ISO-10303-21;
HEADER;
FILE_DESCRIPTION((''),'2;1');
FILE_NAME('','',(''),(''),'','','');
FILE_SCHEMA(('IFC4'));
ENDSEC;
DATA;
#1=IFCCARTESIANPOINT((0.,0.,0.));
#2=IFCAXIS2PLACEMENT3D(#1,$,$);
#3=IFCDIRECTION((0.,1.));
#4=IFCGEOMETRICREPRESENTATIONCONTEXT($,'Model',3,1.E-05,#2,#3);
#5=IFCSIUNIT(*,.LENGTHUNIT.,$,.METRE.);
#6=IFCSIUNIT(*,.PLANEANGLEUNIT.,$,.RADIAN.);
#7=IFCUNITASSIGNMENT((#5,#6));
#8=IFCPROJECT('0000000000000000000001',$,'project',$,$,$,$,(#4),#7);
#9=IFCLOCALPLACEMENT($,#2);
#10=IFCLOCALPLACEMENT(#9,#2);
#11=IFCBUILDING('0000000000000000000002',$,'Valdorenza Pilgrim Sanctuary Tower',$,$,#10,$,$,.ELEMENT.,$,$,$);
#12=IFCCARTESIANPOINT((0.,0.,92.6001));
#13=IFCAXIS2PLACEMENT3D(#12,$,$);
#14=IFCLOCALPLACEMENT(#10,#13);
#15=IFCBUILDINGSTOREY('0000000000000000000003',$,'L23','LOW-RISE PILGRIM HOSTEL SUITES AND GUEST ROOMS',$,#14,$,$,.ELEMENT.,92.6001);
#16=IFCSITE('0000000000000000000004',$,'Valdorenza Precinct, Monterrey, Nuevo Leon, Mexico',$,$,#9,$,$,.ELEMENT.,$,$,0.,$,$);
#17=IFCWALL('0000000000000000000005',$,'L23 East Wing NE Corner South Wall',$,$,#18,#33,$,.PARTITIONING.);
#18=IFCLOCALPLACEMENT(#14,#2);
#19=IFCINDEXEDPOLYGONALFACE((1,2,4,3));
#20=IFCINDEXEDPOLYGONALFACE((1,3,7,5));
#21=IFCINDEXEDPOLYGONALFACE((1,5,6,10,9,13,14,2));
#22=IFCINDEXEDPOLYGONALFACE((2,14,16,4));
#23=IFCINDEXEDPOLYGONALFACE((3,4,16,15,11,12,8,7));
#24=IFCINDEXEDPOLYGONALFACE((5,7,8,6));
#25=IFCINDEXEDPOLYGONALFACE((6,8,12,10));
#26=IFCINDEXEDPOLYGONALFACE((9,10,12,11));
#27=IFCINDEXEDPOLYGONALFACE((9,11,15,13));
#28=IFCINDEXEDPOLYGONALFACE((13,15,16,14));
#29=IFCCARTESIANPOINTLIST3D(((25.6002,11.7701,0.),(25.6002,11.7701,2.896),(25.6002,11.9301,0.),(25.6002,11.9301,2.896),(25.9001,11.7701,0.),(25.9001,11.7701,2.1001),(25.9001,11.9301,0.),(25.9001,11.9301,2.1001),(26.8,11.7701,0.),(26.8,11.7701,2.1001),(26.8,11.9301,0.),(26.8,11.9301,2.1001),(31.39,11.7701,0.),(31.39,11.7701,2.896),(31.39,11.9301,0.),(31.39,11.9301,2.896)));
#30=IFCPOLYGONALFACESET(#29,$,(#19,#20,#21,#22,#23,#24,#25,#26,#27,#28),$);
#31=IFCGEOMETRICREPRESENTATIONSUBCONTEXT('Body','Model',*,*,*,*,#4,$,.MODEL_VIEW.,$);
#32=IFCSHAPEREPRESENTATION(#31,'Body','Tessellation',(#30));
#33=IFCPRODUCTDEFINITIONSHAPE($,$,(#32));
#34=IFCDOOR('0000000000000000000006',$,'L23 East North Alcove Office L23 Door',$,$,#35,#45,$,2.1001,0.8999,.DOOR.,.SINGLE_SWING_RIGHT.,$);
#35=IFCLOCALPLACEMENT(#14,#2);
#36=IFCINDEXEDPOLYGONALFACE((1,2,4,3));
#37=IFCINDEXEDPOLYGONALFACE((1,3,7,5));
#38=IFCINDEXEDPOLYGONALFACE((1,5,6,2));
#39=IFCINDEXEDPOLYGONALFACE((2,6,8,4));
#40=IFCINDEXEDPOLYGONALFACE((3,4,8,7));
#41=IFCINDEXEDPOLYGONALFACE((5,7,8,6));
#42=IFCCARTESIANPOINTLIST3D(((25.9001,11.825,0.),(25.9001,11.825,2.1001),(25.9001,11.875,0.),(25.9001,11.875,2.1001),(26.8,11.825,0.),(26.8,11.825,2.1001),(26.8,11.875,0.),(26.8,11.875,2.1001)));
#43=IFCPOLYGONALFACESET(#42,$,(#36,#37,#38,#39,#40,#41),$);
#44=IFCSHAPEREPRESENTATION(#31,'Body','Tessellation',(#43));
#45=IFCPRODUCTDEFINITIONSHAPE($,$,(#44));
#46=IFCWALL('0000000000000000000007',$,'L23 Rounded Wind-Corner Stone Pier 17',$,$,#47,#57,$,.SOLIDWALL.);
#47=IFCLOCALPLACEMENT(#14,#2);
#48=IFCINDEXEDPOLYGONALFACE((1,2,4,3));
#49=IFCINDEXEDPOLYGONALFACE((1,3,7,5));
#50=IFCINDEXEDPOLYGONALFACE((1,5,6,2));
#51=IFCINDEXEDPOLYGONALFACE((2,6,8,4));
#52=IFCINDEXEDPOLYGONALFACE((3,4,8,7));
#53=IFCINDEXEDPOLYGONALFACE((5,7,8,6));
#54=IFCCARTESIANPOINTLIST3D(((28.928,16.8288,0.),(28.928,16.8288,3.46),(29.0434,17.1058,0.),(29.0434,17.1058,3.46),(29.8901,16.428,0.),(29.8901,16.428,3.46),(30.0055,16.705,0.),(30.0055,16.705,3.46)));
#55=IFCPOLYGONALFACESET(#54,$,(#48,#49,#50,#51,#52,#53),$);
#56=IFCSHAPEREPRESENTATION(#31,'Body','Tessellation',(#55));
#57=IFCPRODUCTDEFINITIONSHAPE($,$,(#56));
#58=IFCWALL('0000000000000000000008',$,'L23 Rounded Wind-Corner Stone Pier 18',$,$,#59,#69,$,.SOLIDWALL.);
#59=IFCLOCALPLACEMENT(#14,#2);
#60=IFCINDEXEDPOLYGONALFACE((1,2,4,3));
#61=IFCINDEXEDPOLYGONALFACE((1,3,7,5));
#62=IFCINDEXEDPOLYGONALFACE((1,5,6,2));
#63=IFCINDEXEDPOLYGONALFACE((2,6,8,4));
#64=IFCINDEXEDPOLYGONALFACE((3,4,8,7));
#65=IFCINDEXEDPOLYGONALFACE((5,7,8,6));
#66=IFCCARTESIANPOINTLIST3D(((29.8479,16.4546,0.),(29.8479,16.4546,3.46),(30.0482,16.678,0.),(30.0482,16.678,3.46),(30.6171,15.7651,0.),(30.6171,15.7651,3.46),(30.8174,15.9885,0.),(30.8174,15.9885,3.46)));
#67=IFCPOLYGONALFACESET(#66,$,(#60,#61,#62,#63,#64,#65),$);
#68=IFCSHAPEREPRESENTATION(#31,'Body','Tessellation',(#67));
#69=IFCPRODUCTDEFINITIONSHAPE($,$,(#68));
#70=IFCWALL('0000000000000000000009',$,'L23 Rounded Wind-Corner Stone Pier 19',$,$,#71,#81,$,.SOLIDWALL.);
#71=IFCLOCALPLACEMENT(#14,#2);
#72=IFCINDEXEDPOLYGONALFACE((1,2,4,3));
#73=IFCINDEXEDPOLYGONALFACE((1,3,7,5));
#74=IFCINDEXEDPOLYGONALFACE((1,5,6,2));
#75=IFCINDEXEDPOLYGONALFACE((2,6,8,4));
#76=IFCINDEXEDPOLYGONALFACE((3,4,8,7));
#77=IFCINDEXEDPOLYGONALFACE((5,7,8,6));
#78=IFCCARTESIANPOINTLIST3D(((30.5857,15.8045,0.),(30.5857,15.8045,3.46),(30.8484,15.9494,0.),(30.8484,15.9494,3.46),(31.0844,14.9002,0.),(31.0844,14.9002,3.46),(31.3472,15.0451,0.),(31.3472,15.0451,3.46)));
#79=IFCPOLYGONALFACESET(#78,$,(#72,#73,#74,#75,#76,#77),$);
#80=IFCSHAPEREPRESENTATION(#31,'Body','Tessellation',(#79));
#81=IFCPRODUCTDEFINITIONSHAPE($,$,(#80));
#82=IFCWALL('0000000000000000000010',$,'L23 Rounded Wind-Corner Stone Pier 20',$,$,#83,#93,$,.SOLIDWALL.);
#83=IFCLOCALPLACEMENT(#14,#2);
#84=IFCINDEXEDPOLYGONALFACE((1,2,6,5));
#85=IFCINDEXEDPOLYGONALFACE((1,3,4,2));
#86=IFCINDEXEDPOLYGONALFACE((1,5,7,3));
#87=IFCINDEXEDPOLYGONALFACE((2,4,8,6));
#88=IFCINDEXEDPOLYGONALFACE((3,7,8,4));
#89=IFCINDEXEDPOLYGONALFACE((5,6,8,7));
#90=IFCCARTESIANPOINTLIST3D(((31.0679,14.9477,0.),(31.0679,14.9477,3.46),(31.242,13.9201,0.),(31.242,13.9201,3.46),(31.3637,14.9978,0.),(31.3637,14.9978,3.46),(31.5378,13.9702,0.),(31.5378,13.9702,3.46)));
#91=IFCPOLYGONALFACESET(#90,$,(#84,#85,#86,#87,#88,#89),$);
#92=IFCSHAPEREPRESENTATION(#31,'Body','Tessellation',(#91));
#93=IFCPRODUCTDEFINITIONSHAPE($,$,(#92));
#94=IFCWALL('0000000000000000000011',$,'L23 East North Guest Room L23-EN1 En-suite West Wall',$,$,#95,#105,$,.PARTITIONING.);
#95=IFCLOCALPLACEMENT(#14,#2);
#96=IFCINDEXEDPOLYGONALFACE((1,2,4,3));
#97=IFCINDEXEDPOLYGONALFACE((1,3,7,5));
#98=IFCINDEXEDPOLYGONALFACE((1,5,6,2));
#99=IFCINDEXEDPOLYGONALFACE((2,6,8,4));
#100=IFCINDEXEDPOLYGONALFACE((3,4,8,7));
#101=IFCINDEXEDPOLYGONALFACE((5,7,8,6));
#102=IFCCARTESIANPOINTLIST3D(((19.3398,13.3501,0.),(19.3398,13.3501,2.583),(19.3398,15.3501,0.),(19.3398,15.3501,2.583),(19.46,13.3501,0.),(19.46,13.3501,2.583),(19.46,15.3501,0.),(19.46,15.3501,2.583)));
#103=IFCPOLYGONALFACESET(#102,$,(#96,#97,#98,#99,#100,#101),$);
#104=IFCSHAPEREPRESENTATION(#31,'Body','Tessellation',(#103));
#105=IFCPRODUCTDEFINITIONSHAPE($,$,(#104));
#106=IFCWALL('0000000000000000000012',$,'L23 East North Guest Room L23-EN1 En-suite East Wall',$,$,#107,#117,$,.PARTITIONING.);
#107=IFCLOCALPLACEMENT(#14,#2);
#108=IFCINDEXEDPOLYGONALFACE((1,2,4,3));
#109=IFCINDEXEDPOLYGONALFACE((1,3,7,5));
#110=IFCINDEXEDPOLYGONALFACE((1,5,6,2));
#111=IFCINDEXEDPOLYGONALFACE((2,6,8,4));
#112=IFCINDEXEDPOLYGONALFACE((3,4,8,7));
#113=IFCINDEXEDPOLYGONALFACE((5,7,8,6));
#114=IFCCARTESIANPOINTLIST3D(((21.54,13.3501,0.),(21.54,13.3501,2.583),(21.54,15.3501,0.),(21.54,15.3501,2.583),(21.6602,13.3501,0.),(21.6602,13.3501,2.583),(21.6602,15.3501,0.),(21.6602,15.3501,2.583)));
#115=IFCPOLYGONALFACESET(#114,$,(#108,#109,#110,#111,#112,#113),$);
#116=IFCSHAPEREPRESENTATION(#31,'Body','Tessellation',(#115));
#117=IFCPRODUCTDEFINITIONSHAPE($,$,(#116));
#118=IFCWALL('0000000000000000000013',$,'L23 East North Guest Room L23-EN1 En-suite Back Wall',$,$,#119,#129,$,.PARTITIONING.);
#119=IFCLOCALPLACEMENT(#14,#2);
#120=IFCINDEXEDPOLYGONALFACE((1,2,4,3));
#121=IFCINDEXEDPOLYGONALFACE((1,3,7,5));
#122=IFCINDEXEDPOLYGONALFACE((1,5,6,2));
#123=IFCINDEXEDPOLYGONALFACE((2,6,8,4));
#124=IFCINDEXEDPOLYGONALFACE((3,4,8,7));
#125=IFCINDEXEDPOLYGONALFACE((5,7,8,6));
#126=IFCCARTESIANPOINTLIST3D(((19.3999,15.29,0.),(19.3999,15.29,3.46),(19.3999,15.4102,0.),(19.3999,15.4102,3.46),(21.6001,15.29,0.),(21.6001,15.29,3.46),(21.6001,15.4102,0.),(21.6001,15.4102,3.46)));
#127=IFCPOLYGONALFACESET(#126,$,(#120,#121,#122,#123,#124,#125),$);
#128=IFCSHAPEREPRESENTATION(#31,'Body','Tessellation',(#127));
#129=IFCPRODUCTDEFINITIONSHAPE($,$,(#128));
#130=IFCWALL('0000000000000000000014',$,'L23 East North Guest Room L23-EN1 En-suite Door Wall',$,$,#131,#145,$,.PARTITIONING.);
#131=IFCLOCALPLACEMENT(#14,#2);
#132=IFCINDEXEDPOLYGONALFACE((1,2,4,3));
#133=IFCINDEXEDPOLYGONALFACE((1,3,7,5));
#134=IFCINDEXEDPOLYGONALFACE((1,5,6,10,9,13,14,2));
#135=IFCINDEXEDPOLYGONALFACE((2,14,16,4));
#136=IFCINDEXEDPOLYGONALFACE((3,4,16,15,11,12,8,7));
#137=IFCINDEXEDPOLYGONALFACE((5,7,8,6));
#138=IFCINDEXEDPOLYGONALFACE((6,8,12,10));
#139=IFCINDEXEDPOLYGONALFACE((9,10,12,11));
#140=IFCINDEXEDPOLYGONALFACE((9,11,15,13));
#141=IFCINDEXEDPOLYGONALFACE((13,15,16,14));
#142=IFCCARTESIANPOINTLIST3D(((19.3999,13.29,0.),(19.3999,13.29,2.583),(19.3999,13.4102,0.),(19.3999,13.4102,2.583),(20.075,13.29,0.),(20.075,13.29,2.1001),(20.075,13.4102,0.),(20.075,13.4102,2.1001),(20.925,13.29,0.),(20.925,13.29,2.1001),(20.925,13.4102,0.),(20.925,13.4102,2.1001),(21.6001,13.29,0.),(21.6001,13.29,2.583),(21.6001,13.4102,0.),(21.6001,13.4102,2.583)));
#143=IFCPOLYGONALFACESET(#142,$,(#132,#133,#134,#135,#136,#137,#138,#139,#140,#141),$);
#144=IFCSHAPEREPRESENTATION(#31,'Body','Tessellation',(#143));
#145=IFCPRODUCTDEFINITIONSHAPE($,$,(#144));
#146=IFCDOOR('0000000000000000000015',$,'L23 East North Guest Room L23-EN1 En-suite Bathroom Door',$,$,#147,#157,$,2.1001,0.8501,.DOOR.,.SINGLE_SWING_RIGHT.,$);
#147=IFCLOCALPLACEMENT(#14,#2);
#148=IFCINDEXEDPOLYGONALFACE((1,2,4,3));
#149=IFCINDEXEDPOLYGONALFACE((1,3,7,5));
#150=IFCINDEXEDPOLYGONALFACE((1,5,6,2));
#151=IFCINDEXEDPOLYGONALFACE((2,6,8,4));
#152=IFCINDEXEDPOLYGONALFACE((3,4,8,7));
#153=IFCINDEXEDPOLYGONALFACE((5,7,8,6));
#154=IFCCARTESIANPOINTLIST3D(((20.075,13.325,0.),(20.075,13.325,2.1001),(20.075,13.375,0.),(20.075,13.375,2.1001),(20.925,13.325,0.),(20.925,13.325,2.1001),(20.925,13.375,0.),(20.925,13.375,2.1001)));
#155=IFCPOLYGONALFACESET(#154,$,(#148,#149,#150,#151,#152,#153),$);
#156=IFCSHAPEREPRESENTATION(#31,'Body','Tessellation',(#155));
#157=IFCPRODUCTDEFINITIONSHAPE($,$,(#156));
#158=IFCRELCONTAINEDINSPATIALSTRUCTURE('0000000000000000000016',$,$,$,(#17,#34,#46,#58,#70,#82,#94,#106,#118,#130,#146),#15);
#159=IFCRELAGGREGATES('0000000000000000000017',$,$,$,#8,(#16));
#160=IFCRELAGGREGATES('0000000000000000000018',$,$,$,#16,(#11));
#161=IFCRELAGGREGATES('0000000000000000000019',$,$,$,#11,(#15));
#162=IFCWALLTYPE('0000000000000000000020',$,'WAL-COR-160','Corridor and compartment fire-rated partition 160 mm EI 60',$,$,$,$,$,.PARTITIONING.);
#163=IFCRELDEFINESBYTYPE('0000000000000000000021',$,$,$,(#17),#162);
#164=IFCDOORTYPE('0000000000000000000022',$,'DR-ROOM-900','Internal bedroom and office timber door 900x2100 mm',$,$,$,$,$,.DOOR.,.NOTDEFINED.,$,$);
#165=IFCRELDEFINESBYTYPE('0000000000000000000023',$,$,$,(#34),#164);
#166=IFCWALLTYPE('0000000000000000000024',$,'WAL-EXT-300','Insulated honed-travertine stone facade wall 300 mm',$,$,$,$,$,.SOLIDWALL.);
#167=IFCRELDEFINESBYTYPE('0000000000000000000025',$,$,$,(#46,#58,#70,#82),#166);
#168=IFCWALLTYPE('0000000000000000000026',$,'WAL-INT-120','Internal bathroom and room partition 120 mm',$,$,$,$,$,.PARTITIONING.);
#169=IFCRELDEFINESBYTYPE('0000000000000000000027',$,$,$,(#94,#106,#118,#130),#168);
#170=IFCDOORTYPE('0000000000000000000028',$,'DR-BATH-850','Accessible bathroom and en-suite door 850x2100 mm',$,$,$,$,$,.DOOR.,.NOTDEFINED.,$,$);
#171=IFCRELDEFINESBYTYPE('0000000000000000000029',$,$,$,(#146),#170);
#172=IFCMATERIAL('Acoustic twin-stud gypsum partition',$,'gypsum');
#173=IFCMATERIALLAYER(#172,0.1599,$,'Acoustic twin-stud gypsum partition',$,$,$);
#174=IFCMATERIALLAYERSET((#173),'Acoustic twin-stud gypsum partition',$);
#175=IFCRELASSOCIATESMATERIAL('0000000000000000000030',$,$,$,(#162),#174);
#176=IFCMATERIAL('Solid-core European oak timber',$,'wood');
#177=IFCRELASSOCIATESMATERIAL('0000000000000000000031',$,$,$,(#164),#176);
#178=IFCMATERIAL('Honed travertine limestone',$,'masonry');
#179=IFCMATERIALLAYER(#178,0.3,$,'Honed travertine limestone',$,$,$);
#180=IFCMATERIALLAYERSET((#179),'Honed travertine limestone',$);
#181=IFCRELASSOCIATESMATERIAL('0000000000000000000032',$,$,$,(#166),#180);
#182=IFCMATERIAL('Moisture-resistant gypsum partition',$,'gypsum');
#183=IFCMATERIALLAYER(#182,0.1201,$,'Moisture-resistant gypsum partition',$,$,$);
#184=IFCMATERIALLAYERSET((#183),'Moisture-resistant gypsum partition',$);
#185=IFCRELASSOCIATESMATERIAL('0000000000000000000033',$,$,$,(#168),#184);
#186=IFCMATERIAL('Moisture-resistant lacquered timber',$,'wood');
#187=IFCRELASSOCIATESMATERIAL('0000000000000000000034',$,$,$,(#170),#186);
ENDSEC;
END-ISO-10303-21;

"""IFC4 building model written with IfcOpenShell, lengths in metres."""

from ifc_helpers import new_model, si_unit, direction, frame, frame_2d, origin, place, context, subcontext, project, spatial, rectangle, extrude, material, layer, layer_set, type_object, element, fill, save


model = new_model("IFC4")

# Units and contexts
model_context = context("Model", 3, precision=1e-05, world=origin(), true_north=direction((0.0, 1.0)))
body_context = subcontext(model_context, "Body", "Model", "MODEL_VIEW")
ifc_project = project(units=[si_unit("LENGTHUNIT", "METRE"), si_unit("PLANEANGLEUNIT", "RADIAN")], contexts=[model_context])

# Site, building, storey
site_placement = place(None, origin())
site = spatial("IfcSite", under=ifc_project, at=site_placement, Name="Valdorenza Precinct, Monterrey, Nuevo Leon, Mexico", CompositionType="ELEMENT", RefElevation=0.0)
building_placement = place(site_placement, origin())
building = spatial("IfcBuilding", under=site, at=building_placement, Name="Valdorenza Pilgrim Sanctuary Tower", CompositionType="ELEMENT")
storey_placement = place(building_placement, frame((0.0, 0.0, 92.6001)))
storey = spatial("IfcBuildingStorey", under=building, at=storey_placement, Name="L23", Description="LOW-RISE PILGRIM HOSTEL SUITES AND GUEST ROOMS", CompositionType="ELEMENT", Elevation=92.6001)

# Shared definitions
ifc_material_1 = material(Name="Honed travertine limestone", Category="masonry")

# Shared definitions
ifc_material_2 = material(Name="Acoustic twin-stud gypsum partition", Category="gypsum")
ifc_layer_1 = layer(ifc_material_2, 0.1599, Name="Acoustic twin-stud gypsum partition")
ifc_layer_set_1 = layer_set([ifc_layer_1], Name="Acoustic twin-stud gypsum partition")
wall_type_1 = type_object("IfcWallType", Name="WAL-COR-160", Description="Corridor and compartment fire-rated partition 160 mm EI 60", PredefinedType="PARTITIONING", material=ifc_layer_set_1)

# Wall, opening, door
wall_1_placement = place(storey_placement, frame((25.6001, 11.8501, 0.0), z_axis=(0.0, 0.0, 1.0), x_axis=(1.0, 0.0, 0.0)))
wall_1 = element("IfcWall", 1, at=wall_1_placement, inside=storey, type_object=wall_type_1, Name="L23 East Wing NE Corner South Wall", PredefinedType="PARTITIONING", context=body_context, shape_type="SweptSolid", body=[
    extrude(rectangle(XDim=5.7898, YDim=0.1599, at=frame_2d((2.895, 0.0))), origin(), (0.0, 0.0, 1.0), 2.896),
])
opening_1_placement = place(wall_1_placement, frame((0.3, 0.0, 0.0)))
opening_1 = element("IfcOpeningElement", 2, at=opening_1_placement, cuts=wall_1, PredefinedType="OPENING", context=body_context, shape_type="SweptSolid", body=[
    extrude(rectangle(XDim=0.8999, YDim=2.1001, at=frame_2d((0.45, 1.05))), frame((0.0, 0.0947, 0.0), z_axis=(0.0, -1.0, 0.0), x_axis=(1.0, 0.0, 0.0)), (0.0, 0.0, 1.0), 0.1897),
])
ifc_material_3 = material(Name="Solid-core European oak timber", Category="wood")
door_type_1 = type_object("IfcDoorType", Name="DR-ROOM-900", Description="Internal bedroom and office timber door 900x2100 mm", OperationType="NOTDEFINED", PredefinedType="DOOR", material=ifc_material_3)
door_1_placement = place(opening_1_placement, origin())
door_1 = element("IfcDoor", 3, at=door_1_placement, inside=storey, type_object=door_type_1, Name="L23 East North Alcove Office L23 Door", OperationType="SINGLE_SWING_RIGHT", OverallHeight=2.1001, OverallWidth=0.8999, PredefinedType="DOOR", context=body_context, shape_type="SweptSolid", body=[
    extrude(rectangle(XDim=0.8999, YDim=2.1001, at=frame_2d((0.45, 1.05))), frame((0.0, 0.0249, 0.0), z_axis=(0.0, -1.0, 0.0), x_axis=(1.0, 0.0, 0.0)), (0.0, 0.0, 1.0), 0.05),
])
fill(opening_1, door_1)

# Walls
ifc_layer_2 = layer(ifc_material_1, 0.3, Name="Honed travertine limestone")
ifc_layer_set_2 = layer_set([ifc_layer_2], Name="Honed travertine limestone")
wall_type_2 = type_object("IfcWallType", Name="WAL-EXT-300", Description="Insulated honed-travertine stone facade wall 300 mm", PredefinedType="SOLIDWALL", material=ifc_layer_set_2)
wall_2_placement = place(storey_placement, frame((28.9858, 16.9673, 0.0), z_axis=(0.0, 0.0, 1.0), x_axis=(0.923084, -0.384599, 0.0)))
element("IfcWall", 4, at=wall_2_placement, inside=storey, type_object=wall_type_2, Name="L23 Rounded Wind-Corner Stone Pier 17", PredefinedType="SOLIDWALL", context=body_context, shape_type="SweptSolid", body=[
    extrude(rectangle(XDim=1.0422, YDim=0.3, at=frame_2d((0.521, 0.0))), origin(), (0.0, 0.0, 1.0), 3.46),
])
wall_3_placement = place(storey_placement, frame((29.948, 16.5664, 0.0), z_axis=(0.0, 0.0, 1.0), x_axis=(0.744586, -0.667527, 0.0)))
element("IfcWall", 5, at=wall_3_placement, inside=storey, type_object=wall_type_2, Name="L23 Rounded Wind-Corner Stone Pier 18", PredefinedType="SOLIDWALL", context=body_context, shape_type="SweptSolid", body=[
    extrude(rectangle(XDim=1.033, YDim=0.3, at=frame_2d((0.5166, 0.0))), origin(), (0.0, 0.0, 1.0), 3.46),
])
wall_4_placement = place(storey_placement, frame((30.717, 15.877, 0.0), z_axis=(0.0, 0.0, 1.0), x_axis=(0.482971, -0.875636, 0.0)))
element("IfcWall", 6, at=wall_4_placement, inside=storey, type_object=wall_type_2, Name="L23 Rounded Wind-Corner Stone Pier 19", PredefinedType="SOLIDWALL", context=body_context, shape_type="SweptSolid", body=[
    extrude(rectangle(XDim=1.0327, YDim=0.3, at=frame_2d((0.5164, 0.0))), origin(), (0.0, 0.0, 1.0), 3.46),
])
wall_5_placement = place(storey_placement, frame((31.2158, 14.9727, 0.0), z_axis=(0.0, 0.0, 1.0), x_axis=(0.167019, -0.985954, 0.0)))
element("IfcWall", 7, at=wall_5_placement, inside=storey, type_object=wall_type_2, Name="L23 Rounded Wind-Corner Stone Pier 20", PredefinedType="SOLIDWALL", context=body_context, shape_type="SweptSolid", body=[
    extrude(rectangle(XDim=1.0422, YDim=0.3, at=frame_2d((0.521, 0.0))), origin(), (0.0, 0.0, 1.0), 3.46),
])
ifc_material_4 = material(Name="Moisture-resistant gypsum partition", Category="gypsum")
ifc_layer_3 = layer(ifc_material_4, 0.1201, Name="Moisture-resistant gypsum partition")
ifc_layer_set_3 = layer_set([ifc_layer_3], Name="Moisture-resistant gypsum partition")
wall_type_3 = type_object("IfcWallType", Name="WAL-INT-120", Description="Internal bathroom and room partition 120 mm", PredefinedType="PARTITIONING", material=ifc_layer_set_3)
for number, where, z_axis, x_axis, name in (
    (8, (19.3999, 13.3501, 0.0), (0.0, 0.0, 1.0), (0.0, 1.0, 0.0), "L23 East North Guest Room L23-EN1 En-suite West Wall"),
    (9, (21.6001, 13.3501, 0.0), (0.0, 0.0, 1.0), (0.0, 1.0, 0.0), "L23 East North Guest Room L23-EN1 En-suite East Wall"),
):
    element("IfcWall", number, at=place(storey_placement, frame(where, z_axis=z_axis, x_axis=x_axis)), inside=storey, type_object=wall_type_3, Name=name, PredefinedType="PARTITIONING", context=body_context, shape_type="SweptSolid", body=[
        extrude(rectangle(XDim=2.0, YDim=0.1201, at=frame_2d((1.0, 0.0))), origin(), (0.0, 0.0, 1.0), 2.583),
    ])
wall_6_placement = place(storey_placement, frame((19.3999, 15.3501, 0.0), z_axis=(0.0, 0.0, 1.0), x_axis=(1.0, 0.0, 0.0)))
element("IfcWall", 10, at=wall_6_placement, inside=storey, type_object=wall_type_3, Name="L23 East North Guest Room L23-EN1 En-suite Back Wall", PredefinedType="PARTITIONING", context=body_context, shape_type="SweptSolid", body=[
    extrude(rectangle(XDim=2.2002, YDim=0.1201, at=frame_2d((1.1001, 0.0))), origin(), (0.0, 0.0, 1.0), 3.46),
])

# Wall, opening, door
wall_7_placement = place(storey_placement, frame((19.3999, 13.3501, 0.0), z_axis=(0.0, 0.0, 1.0), x_axis=(1.0, 0.0, 0.0)))
wall_7 = element("IfcWall", 11, at=wall_7_placement, inside=storey, type_object=wall_type_3, Name="L23 East North Guest Room L23-EN1 En-suite Door Wall", PredefinedType="PARTITIONING", context=body_context, shape_type="SweptSolid", body=[
    extrude(rectangle(XDim=2.2002, YDim=0.1201, at=frame_2d((1.1001, 0.0))), origin(), (0.0, 0.0, 1.0), 2.583),
])
opening_2_placement = place(wall_7_placement, frame((0.675, 0.0, 0.0)))
opening_2 = element("IfcOpeningElement", 12, at=opening_2_placement, cuts=wall_7, PredefinedType="OPENING", context=body_context, shape_type="SweptSolid", body=[
    extrude(rectangle(XDim=0.8501, YDim=2.1001, at=frame_2d((0.425, 1.05))), frame((0.0, 0.075, 0.0), z_axis=(0.0, -1.0, 0.0), x_axis=(1.0, 0.0, 0.0)), (0.0, 0.0, 1.0), 0.1499),
])
ifc_material_5 = material(Name="Moisture-resistant lacquered timber", Category="wood")
door_type_2 = type_object("IfcDoorType", Name="DR-BATH-850", Description="Accessible bathroom and en-suite door 850x2100 mm", OperationType="NOTDEFINED", PredefinedType="DOOR", material=ifc_material_5)
door_2_placement = place(opening_2_placement, origin())
door_2 = element("IfcDoor", 13, at=door_2_placement, inside=storey, type_object=door_type_2, Name="L23 East North Guest Room L23-EN1 En-suite Bathroom Door", OperationType="SINGLE_SWING_RIGHT", OverallHeight=2.1001, OverallWidth=0.8501, PredefinedType="DOOR", context=body_context, shape_type="SweptSolid", body=[
    extrude(rectangle(XDim=0.8501, YDim=2.1001, at=frame_2d((0.425, 1.05))), frame((0.0, 0.0249, 0.0), z_axis=(0.0, -1.0, 0.0), x_axis=(1.0, 0.0, 0.0)), (0.0, 0.0, 1.0), 0.05),
])
fill(opening_2, door_2)

save(model, "model.ifc")
